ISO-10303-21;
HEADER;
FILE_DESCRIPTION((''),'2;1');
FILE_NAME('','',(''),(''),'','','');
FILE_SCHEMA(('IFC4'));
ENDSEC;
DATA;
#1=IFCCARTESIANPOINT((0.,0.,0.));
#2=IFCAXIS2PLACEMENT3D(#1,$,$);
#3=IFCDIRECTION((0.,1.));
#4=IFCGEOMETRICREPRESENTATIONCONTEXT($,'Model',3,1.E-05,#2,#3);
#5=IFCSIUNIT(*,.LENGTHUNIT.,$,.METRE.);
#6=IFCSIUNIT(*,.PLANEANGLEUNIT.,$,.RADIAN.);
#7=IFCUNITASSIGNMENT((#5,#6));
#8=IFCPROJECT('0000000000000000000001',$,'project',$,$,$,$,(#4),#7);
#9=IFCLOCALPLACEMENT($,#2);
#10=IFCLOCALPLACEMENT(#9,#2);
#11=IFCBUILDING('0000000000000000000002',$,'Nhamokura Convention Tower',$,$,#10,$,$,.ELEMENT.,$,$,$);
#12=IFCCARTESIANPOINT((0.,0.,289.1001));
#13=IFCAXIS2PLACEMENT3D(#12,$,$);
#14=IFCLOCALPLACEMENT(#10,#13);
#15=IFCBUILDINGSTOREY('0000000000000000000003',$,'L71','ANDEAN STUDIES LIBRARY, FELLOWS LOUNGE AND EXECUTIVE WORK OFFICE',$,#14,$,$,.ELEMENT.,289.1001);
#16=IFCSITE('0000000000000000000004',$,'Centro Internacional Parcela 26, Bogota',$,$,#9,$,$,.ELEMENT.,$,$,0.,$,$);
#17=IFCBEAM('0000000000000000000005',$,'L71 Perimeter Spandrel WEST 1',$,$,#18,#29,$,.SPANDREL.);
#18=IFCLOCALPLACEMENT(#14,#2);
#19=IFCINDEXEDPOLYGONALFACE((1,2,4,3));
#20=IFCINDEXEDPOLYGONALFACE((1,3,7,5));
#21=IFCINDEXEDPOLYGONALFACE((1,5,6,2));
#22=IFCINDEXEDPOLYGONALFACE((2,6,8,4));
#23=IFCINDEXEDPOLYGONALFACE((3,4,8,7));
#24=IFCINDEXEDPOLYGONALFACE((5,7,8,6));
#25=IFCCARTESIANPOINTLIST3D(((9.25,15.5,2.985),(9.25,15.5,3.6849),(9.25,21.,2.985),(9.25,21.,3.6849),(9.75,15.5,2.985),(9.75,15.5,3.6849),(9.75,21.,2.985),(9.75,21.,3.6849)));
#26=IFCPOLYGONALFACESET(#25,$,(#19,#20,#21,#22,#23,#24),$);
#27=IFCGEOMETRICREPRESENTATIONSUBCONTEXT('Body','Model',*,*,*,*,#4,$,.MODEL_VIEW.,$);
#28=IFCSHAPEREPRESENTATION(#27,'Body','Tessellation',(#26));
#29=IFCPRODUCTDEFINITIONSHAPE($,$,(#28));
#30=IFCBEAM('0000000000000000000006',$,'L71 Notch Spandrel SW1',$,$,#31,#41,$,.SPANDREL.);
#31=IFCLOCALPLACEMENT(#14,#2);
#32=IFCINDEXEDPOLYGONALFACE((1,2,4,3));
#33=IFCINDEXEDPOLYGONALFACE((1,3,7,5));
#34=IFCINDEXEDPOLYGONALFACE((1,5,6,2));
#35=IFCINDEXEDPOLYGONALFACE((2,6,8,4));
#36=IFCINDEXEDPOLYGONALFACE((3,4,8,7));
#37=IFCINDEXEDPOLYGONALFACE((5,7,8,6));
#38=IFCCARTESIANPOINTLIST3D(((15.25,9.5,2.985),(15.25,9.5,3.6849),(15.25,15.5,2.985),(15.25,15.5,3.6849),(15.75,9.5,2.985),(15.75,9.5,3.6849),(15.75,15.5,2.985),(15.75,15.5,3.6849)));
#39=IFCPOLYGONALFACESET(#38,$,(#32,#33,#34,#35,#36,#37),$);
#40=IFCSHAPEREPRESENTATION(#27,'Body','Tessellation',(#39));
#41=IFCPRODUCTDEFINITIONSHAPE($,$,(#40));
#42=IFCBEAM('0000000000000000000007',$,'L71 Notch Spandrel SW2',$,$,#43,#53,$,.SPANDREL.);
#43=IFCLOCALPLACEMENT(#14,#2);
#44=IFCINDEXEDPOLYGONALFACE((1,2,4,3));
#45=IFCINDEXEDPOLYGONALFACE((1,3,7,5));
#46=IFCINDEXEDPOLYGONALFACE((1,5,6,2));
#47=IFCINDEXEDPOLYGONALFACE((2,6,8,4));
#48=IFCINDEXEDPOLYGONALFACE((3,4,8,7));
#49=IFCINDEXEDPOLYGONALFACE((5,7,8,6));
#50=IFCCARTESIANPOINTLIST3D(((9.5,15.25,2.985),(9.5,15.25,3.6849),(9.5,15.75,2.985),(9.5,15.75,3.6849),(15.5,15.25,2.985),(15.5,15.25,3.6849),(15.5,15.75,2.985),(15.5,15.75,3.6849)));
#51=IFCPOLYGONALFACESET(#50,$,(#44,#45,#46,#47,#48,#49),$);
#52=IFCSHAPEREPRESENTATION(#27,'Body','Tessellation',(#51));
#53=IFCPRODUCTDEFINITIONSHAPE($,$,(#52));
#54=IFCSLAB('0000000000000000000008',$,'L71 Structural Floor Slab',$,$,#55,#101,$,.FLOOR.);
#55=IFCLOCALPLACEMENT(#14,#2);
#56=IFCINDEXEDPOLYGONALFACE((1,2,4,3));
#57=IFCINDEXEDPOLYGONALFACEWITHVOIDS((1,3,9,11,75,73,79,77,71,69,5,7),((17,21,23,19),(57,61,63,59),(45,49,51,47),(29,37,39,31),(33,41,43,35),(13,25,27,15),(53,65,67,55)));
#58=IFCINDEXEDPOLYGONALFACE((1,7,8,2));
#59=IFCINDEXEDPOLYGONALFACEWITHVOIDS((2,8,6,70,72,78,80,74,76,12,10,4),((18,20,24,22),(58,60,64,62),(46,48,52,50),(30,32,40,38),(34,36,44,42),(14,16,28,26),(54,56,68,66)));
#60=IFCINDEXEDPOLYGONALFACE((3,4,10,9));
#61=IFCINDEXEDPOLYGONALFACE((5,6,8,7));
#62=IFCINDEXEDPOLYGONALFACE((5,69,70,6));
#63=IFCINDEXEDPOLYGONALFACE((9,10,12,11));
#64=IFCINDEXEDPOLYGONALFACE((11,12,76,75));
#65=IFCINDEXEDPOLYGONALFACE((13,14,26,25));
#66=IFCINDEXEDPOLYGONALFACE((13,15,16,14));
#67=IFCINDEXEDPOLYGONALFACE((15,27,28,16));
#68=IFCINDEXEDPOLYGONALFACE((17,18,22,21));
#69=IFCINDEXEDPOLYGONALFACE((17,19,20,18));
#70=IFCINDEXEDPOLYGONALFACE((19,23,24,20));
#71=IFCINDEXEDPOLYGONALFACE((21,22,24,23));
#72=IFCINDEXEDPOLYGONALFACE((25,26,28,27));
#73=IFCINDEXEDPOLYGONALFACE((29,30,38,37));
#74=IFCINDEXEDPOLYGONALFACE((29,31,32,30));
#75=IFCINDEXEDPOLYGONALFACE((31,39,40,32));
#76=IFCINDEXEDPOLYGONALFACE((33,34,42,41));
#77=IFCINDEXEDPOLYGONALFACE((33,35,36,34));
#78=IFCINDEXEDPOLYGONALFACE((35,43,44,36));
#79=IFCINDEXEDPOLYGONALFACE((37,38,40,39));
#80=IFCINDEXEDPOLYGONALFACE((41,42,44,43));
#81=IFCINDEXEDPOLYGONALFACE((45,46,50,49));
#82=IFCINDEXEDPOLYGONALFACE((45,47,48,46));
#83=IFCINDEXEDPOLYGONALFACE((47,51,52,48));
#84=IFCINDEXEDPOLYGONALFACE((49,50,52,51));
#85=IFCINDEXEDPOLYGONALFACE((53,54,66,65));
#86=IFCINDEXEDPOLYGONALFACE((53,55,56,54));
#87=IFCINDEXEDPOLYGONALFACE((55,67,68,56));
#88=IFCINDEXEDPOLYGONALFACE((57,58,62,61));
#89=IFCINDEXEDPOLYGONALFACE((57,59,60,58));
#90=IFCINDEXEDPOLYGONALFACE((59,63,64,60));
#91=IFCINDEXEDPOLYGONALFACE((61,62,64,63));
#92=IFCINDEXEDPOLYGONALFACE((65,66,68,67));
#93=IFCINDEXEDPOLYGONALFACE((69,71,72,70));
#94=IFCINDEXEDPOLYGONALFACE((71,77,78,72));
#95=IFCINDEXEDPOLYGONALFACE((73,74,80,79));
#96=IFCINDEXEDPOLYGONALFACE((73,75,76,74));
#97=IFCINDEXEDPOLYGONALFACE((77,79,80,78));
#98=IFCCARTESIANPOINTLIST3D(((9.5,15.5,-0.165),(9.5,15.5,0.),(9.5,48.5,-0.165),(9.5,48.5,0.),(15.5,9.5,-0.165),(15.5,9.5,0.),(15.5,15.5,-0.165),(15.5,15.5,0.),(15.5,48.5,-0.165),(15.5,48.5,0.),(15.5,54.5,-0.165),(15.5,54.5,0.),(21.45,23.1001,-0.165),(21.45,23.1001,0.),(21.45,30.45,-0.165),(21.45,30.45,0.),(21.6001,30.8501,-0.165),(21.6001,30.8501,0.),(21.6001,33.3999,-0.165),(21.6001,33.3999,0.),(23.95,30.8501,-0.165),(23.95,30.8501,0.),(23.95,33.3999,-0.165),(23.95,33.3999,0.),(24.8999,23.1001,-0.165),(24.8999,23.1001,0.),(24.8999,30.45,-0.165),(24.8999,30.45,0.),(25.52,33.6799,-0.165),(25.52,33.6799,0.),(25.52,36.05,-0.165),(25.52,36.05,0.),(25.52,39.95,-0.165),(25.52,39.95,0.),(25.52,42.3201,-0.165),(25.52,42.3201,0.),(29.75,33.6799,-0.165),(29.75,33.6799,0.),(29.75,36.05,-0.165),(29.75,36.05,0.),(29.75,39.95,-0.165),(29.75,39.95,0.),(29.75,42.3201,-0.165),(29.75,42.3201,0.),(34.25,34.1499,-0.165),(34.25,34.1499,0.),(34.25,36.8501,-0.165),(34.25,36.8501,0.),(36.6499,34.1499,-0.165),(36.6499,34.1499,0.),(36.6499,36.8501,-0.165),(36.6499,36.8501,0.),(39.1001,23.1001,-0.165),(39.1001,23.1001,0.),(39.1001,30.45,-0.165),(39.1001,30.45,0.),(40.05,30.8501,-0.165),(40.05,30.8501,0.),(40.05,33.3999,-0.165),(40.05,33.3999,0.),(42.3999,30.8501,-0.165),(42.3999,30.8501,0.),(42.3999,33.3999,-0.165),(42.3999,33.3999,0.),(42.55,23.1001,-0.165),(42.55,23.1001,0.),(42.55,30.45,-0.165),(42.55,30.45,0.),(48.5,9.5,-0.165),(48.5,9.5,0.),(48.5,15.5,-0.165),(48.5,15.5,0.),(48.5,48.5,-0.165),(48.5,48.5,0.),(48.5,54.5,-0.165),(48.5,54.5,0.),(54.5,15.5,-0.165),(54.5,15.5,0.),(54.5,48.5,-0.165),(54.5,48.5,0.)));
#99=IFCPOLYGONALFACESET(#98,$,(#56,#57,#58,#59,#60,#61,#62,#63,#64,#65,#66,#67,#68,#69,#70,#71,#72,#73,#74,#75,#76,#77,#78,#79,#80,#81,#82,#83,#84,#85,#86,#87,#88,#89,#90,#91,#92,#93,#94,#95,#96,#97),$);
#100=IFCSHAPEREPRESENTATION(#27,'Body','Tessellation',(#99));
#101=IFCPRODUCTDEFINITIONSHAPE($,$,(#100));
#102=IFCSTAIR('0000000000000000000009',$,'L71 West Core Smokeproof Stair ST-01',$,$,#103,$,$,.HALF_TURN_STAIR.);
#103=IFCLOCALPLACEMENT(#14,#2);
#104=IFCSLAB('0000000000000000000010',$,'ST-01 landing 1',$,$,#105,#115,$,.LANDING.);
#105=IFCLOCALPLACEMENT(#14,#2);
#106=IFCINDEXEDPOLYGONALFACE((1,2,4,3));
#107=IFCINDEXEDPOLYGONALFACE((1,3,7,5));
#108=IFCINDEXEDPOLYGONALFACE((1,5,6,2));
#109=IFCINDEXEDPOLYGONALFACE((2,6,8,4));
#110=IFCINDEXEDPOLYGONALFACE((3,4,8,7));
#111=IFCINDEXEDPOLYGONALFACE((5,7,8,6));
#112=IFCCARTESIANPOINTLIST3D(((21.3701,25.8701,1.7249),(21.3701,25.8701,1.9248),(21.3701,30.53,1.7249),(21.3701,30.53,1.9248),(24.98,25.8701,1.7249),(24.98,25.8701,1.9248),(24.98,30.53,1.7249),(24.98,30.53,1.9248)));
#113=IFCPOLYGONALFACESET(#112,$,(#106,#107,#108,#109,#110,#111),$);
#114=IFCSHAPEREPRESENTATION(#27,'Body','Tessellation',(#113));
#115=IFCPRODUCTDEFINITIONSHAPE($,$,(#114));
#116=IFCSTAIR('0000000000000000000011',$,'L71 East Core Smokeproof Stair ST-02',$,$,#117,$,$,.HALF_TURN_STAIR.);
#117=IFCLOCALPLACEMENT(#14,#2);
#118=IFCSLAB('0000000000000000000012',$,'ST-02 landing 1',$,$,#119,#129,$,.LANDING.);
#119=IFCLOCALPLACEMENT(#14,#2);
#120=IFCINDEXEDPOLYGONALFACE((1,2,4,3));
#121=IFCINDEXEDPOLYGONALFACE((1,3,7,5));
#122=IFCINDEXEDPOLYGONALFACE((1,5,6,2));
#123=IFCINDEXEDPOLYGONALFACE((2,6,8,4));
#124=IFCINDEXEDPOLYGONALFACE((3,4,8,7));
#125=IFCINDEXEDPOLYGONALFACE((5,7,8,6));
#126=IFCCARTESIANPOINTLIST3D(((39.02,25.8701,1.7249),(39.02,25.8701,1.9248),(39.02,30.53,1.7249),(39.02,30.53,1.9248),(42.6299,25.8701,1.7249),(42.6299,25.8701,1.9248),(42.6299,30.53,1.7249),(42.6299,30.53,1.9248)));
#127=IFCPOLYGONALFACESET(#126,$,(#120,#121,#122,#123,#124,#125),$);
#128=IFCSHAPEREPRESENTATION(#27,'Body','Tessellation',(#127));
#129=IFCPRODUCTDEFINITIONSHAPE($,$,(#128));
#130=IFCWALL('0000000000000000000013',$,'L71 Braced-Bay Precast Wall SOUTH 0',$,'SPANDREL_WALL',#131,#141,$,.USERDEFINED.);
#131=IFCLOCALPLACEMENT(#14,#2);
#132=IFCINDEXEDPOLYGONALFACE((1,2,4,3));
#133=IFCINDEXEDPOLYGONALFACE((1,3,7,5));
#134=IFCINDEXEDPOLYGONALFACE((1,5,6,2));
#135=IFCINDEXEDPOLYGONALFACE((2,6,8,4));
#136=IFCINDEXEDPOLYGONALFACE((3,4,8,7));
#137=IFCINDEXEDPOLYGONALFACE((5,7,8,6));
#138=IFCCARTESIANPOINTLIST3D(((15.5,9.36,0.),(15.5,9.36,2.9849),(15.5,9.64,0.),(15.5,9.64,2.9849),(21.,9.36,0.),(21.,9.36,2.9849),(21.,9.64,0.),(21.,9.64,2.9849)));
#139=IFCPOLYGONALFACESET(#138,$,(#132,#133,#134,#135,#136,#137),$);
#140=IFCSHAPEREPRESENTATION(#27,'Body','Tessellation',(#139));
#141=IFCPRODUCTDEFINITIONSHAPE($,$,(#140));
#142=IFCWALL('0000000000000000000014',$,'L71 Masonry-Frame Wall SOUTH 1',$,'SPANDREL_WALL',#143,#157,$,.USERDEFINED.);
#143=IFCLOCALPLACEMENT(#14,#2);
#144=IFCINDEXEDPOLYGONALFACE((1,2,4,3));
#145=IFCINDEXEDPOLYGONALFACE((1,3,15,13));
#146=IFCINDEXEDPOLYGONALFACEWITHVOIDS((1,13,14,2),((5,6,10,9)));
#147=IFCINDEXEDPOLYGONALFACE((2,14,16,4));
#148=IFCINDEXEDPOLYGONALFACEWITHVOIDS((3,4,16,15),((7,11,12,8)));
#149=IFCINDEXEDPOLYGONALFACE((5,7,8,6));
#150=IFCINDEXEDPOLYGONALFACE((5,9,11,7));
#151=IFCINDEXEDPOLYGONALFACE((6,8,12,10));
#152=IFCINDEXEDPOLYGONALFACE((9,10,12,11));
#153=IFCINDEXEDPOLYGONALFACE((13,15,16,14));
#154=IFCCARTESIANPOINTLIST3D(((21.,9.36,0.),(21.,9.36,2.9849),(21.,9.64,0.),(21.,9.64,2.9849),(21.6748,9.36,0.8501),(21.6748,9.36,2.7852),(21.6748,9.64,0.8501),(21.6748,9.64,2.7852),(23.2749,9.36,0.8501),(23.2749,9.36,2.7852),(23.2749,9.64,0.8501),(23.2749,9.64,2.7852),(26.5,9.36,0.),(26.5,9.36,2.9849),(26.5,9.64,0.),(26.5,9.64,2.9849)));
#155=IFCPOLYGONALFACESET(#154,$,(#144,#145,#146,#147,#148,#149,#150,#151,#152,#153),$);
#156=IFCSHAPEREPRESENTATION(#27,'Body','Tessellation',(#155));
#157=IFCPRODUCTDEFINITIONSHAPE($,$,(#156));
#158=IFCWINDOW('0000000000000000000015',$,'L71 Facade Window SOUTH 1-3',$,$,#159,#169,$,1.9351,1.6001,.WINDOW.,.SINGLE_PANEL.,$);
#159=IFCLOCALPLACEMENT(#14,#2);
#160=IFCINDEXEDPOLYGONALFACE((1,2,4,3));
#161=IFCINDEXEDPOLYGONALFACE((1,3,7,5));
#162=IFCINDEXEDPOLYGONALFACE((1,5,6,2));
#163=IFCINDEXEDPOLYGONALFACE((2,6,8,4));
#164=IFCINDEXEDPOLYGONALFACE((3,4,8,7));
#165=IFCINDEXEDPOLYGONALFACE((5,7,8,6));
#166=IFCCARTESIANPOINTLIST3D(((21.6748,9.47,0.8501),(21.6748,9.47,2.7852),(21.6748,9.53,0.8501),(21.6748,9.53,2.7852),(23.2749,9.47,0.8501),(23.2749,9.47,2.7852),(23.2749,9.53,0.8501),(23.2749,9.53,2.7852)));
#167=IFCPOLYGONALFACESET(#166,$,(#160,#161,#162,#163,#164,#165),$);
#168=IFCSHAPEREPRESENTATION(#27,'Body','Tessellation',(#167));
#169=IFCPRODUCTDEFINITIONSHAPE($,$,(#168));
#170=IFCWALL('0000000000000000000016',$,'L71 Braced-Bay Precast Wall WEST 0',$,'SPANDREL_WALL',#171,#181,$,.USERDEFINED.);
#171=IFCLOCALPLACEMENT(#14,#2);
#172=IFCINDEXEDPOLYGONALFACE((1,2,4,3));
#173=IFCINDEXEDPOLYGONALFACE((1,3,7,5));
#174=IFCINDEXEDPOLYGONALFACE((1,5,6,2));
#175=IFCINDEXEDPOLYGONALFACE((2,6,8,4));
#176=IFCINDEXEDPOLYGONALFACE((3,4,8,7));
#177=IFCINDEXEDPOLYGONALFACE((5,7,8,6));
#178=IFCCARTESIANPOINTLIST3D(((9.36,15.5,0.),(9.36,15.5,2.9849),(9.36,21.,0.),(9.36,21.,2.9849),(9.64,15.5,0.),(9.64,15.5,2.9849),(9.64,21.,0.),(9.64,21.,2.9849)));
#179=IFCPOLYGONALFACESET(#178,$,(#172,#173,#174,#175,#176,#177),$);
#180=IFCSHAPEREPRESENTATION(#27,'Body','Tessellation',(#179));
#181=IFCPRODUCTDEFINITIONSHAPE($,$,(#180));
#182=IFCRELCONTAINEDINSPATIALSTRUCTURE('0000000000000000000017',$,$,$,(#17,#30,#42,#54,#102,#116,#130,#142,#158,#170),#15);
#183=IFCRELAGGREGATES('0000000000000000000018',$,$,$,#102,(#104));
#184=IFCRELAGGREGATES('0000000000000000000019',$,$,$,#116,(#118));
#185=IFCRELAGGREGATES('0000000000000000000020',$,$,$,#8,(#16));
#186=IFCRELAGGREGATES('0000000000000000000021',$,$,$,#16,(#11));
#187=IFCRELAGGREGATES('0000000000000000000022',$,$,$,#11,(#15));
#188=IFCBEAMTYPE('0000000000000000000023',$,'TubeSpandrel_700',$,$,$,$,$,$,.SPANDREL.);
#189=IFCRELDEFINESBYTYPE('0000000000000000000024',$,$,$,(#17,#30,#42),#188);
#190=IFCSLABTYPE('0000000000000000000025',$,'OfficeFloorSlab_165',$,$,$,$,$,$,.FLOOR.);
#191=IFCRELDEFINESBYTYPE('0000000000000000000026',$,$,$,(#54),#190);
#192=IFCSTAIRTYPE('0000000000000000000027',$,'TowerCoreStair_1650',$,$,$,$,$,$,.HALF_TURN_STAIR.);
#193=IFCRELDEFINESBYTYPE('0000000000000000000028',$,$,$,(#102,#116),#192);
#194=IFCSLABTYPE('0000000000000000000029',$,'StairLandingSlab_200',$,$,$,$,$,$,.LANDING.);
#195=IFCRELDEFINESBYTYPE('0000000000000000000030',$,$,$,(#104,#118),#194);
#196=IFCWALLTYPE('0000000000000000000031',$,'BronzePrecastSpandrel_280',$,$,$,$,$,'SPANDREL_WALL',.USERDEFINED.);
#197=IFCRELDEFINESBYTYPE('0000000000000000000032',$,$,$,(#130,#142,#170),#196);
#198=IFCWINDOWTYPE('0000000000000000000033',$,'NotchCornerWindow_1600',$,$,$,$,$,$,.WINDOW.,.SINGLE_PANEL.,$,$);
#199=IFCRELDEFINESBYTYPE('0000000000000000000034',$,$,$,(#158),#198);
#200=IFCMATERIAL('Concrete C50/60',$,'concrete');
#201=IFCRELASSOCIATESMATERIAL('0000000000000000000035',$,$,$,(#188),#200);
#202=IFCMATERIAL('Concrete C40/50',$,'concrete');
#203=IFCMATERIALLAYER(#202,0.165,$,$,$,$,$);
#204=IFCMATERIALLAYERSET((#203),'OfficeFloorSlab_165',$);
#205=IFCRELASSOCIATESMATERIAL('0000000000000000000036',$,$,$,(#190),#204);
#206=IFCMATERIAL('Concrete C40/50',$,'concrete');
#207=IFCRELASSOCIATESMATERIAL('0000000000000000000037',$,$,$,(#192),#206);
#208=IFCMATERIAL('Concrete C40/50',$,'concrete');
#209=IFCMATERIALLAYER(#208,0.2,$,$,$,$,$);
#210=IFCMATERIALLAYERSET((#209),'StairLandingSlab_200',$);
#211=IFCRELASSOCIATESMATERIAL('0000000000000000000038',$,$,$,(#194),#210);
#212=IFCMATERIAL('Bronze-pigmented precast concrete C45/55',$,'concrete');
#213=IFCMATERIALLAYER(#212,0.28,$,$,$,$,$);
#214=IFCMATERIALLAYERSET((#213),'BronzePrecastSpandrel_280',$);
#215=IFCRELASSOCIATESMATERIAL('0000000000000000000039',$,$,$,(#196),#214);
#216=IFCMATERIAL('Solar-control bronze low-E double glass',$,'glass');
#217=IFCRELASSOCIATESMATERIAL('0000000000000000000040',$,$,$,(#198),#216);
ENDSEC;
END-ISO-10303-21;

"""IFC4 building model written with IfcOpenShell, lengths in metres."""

from ifc_helpers import new_model, si_unit, direction, frame, frame_2d, origin, origin_2d, place, context, subcontext, project, spatial, polyline, rectangle, outline, extrude, material, layer, layer_set, material_profile, profile_set, type_object, element, fill, aggregate, save


model = new_model("IFC4")

# Units and contexts
model_context = context("Model", 3, precision=1e-05, world=origin(), true_north=direction((0.0, 1.0)))
body_context = subcontext(model_context, "Body", "Model", "MODEL_VIEW")
ifc_project = project(units=[si_unit("LENGTHUNIT", "METRE"), si_unit("PLANEANGLEUNIT", "RADIAN")], contexts=[model_context])

# Site, building, storey
site_placement = place(None, origin())
site = spatial("IfcSite", under=ifc_project, at=site_placement, Name="Centro Internacional Parcela 26, Bogota", CompositionType="ELEMENT", RefElevation=0.0)
building_placement = place(site_placement, origin())
building = spatial("IfcBuilding", under=site, at=building_placement, Name="Nhamokura Convention Tower", CompositionType="ELEMENT")
storey_placement = place(building_placement, frame((0.0, 0.0, 289.1001)))
storey = spatial("IfcBuildingStorey", under=building, at=storey_placement, Name="L71", Description="ANDEAN STUDIES LIBRARY, FELLOWS LOUNGE AND EXECUTIVE WORK OFFICE", CompositionType="ELEMENT", Elevation=289.1001)

# Beams
ifc_material_1 = material(Name="Concrete C50/60", Category="concrete")
ifc_material_profile_1 = material_profile(ifc_material_1, rectangle(XDim=0.5, YDim=0.7, at=origin_2d()))
ifc_profile_set_1 = profile_set([ifc_material_profile_1], Name="Concrete C50/60")
beam_type_1 = type_object("IfcBeamType", Name="TubeSpandrel_700", PredefinedType="SPANDREL", material=ifc_profile_set_1)
for number, where, z_axis, x_axis, name in (
    (1, (9.5, 15.5, 3.335), (0.0, 1.0, 0.0), (-1.0, 0.0, 0.0), "L71 Perimeter Spandrel WEST 1"),
):
    element("IfcBeam", number, at=place(storey_placement, frame(where, z_axis=z_axis, x_axis=x_axis)), inside=storey, type_object=beam_type_1, Name=name, PredefinedType="SPANDREL", context=body_context, shape_type="SweptSolid", body=[
        extrude(rectangle(XDim=0.5, YDim=0.7, at=origin_2d()), origin(), (0.0, 0.0, 1.0), 5.5),
    ])
for number, where, z_axis, x_axis, name in (
    (2, (15.5, 9.5, 3.335), (0.0, 1.0, 0.0), (-1.0, 0.0, 0.0), "L71 Notch Spandrel SW1"),
    (3, (15.5, 15.5, 3.335), (-1.0, 0.0, 0.0), (0.0, -1.0, 0.0), "L71 Notch Spandrel SW2"),
):
    element("IfcBeam", number, at=place(storey_placement, frame(where, z_axis=z_axis, x_axis=x_axis)), inside=storey, type_object=beam_type_1, Name=name, PredefinedType="SPANDREL", context=body_context, shape_type="SweptSolid", body=[
        extrude(rectangle(XDim=0.5, YDim=0.7, at=origin_2d()), origin(), (0.0, 0.0, 1.0), 6.0),
    ])

# Slab
ifc_material_2 = material(Name="Concrete C40/50", Category="concrete")
ifc_layer_1 = layer(ifc_material_2, 0.165)
ifc_layer_set_1 = layer_set([ifc_layer_1], Name="OfficeFloorSlab_165")
slab_type_1 = type_object("IfcSlabType", Name="OfficeFloorSlab_165", PredefinedType="FLOOR", material=ifc_layer_set_1)
slab_1_placement = place(storey_placement, frame((0.0, 0.0, -0.165)))
element("IfcSlab", 4, at=slab_1_placement, inside=storey, type_object=slab_type_1, Name="L71 Structural Floor Slab", PredefinedType="FLOOR", context=body_context, shape_type="SweptSolid", body=[
    extrude(outline(polyline([(15.5, 9.5), (48.5, 9.5), (48.5, 15.5), (54.5, 15.5), (54.5, 48.5), (48.5, 48.5), (48.5, 54.5), (15.5, 54.5), (15.5, 48.5), (9.5, 48.5), (9.5, 15.5), (15.5, 15.5), (15.5, 9.5)]), holes=[polyline([(24.8999, 23.1001), (24.8999, 30.45), (21.45, 30.45), (21.45, 23.1001), (24.8999, 23.1001)]), polyline([(42.55, 23.1001), (42.55, 30.45), (39.1001, 30.45), (39.1001, 23.1001), (42.55, 23.1001)]), polyline([(21.6001, 30.8501), (23.95, 30.8501), (23.95, 33.3999), (21.6001, 33.3999), (21.6001, 30.8501)]), polyline([(40.05, 30.8501), (42.3999, 30.8501), (42.3999, 33.3999), (40.05, 33.3999), (40.05, 30.8501)]), polyline([(34.25, 34.1499), (36.6499, 34.1499), (36.6499, 36.8501), (34.25, 36.8501), (34.25, 34.1499)]), polyline([(25.52, 33.6799), (29.75, 33.6799), (29.75, 36.05), (25.52, 36.05), (25.52, 33.6799)]), polyline([(25.52, 39.95), (29.75, 39.95), (29.75, 42.3201), (25.52, 42.3201), (25.52, 39.95)])]), origin(), (0.0, 0.0, 1.0), 0.165),
])

# Stairs, slabs
ifc_material_3 = material(Name="Concrete C40/50", Category="concrete")
stair_type = type_object("IfcStairType", Name="TowerCoreStair_1650", PredefinedType="HALF_TURN_STAIR", material=ifc_material_3)
stair_1_placement = place(storey_placement, origin())
stair_1 = element("IfcStair", 5, at=stair_1_placement, inside=storey, type_object=stair_type, Name="L71 West Core Smokeproof Stair ST-01", PredefinedType="HALF_TURN_STAIR")
ifc_material_4 = material(Name="Concrete C40/50", Category="concrete")
ifc_layer_2 = layer(ifc_material_4, 0.2)
ifc_layer_set_2 = layer_set([ifc_layer_2], Name="StairLandingSlab_200")
slab_type_2 = type_object("IfcSlabType", Name="StairLandingSlab_200", PredefinedType="LANDING", material=ifc_layer_set_2)
slab_2_placement = place(storey_placement, frame((0.0, 0.0, 1.7249)))
slab_2 = element("IfcSlab", 6, at=slab_2_placement, type_object=slab_type_2, Name="ST-01 landing 1", PredefinedType="LANDING", context=body_context, shape_type="SweptSolid", body=[
    extrude(outline(polyline([(24.98, 25.8701), (24.98, 30.53), (21.3701, 30.53), (21.3701, 25.8701), (24.98, 25.8701)])), origin(), (0.0, 0.0, 1.0), 0.2),
])
aggregate(stair_1, [slab_2])
stair_2_placement = place(storey_placement, origin())
stair_2 = element("IfcStair", 7, at=stair_2_placement, inside=storey, type_object=stair_type, Name="L71 East Core Smokeproof Stair ST-02", PredefinedType="HALF_TURN_STAIR")
slab_3_placement = place(storey_placement, frame((0.0, 0.0, 1.7249)))
slab_3 = element("IfcSlab", 8, at=slab_3_placement, type_object=slab_type_2, Name="ST-02 landing 1", PredefinedType="LANDING", context=body_context, shape_type="SweptSolid", body=[
    extrude(outline(polyline([(42.6299, 25.8701), (42.6299, 30.53), (39.02, 30.53), (39.02, 25.8701), (42.6299, 25.8701)])), origin(), (0.0, 0.0, 1.0), 0.2),
])
aggregate(stair_2, [slab_3])

# Wall
ifc_material_5 = material(Name="Bronze-pigmented precast concrete C45/55", Category="concrete")
ifc_layer_3 = layer(ifc_material_5, 0.28)
ifc_layer_set_3 = layer_set([ifc_layer_3], Name="BronzePrecastSpandrel_280")
wall_type_1 = type_object("IfcWallType", Name="BronzePrecastSpandrel_280", ElementType="SPANDREL_WALL", PredefinedType="USERDEFINED", material=ifc_layer_set_3)
wall_1_placement = place(storey_placement, frame((21.0, 9.5, 0.0), z_axis=(0.0, 0.0, 1.0), x_axis=(-1.0, 0.0, 0.0)))
element("IfcWall", 9, at=wall_1_placement, inside=storey, type_object=wall_type_1, Name="L71 Braced-Bay Precast Wall SOUTH 0", ObjectType="SPANDREL_WALL", PredefinedType="USERDEFINED", context=body_context, shape_type="SweptSolid", body=[
    extrude(rectangle(XDim=5.5, YDim=0.28, at=frame_2d((2.75, 0.0))), origin(), (0.0, 0.0, 1.0), 2.9849),
])

# Wall, opening, window
wall_2_placement = place(storey_placement, frame((26.5, 9.5, 0.0), z_axis=(0.0, 0.0, 1.0), x_axis=(-1.0, 0.0, 0.0)))
wall_2 = element("IfcWall", 10, at=wall_2_placement, inside=storey, type_object=wall_type_1, Name="L71 Masonry-Frame Wall SOUTH 1", ObjectType="SPANDREL_WALL", PredefinedType="USERDEFINED", context=body_context, shape_type="SweptSolid", body=[
    extrude(rectangle(XDim=5.5, YDim=0.28, at=frame_2d((2.75, 0.0))), origin(), (0.0, 0.0, 1.0), 2.9849),
])
opening_1_placement = place(wall_2_placement, frame((3.2251, 0.0, 0.8501)))
opening_1 = element("IfcOpeningElement", 11, at=opening_1_placement, cuts=wall_2, PredefinedType="OPENING", context=body_context, shape_type="SweptSolid", body=[
    extrude(rectangle(XDim=1.6001, YDim=1.9351, at=frame_2d((0.8, 0.9675))), frame((0.0, 0.1499, 0.0), z_axis=(0.0, -1.0, 0.0), x_axis=(1.0, 0.0, 0.0)), (0.0, 0.0, 1.0), 0.3),
])
ifc_material_6 = material(Name="Solar-control bronze low-E double glass", Category="glass")
window_type = type_object("IfcWindowType", Name="NotchCornerWindow_1600", PartitioningType="SINGLE_PANEL", PredefinedType="WINDOW", material=ifc_material_6)
window_placement = place(opening_1_placement, origin())
window = element("IfcWindow", 12, at=window_placement, inside=storey, type_object=window_type, Name="L71 Facade Window SOUTH 1-3", OverallHeight=1.9351, OverallWidth=1.6001, PartitioningType="SINGLE_PANEL", PredefinedType="WINDOW", context=body_context, shape_type="SweptSolid", body=[
    extrude(rectangle(XDim=1.6001, YDim=1.9351, at=frame_2d((0.8, 0.9675))), frame((0.0, 0.03, 0.0), z_axis=(0.0, -1.0, 0.0), x_axis=(1.0, 0.0, 0.0)), (0.0, 0.0, 1.0), 0.0601),
])
fill(opening_1, window)

# Wall
wall_3_placement = place(storey_placement, frame((9.5, 15.5, 0.0), z_axis=(0.0, 0.0, 1.0), x_axis=(0.0, 1.0, 0.0)))
element("IfcWall", 13, at=wall_3_placement, inside=storey, type_object=wall_type_1, Name="L71 Braced-Bay Precast Wall WEST 0", ObjectType="SPANDREL_WALL", PredefinedType="USERDEFINED", context=body_context, shape_type="SweptSolid", body=[
    extrude(rectangle(XDim=5.5, YDim=0.28, at=frame_2d((2.75, 0.0))), origin(), (0.0, 0.0, 1.0), 2.9849),
])

save(model, "model.ifc")
